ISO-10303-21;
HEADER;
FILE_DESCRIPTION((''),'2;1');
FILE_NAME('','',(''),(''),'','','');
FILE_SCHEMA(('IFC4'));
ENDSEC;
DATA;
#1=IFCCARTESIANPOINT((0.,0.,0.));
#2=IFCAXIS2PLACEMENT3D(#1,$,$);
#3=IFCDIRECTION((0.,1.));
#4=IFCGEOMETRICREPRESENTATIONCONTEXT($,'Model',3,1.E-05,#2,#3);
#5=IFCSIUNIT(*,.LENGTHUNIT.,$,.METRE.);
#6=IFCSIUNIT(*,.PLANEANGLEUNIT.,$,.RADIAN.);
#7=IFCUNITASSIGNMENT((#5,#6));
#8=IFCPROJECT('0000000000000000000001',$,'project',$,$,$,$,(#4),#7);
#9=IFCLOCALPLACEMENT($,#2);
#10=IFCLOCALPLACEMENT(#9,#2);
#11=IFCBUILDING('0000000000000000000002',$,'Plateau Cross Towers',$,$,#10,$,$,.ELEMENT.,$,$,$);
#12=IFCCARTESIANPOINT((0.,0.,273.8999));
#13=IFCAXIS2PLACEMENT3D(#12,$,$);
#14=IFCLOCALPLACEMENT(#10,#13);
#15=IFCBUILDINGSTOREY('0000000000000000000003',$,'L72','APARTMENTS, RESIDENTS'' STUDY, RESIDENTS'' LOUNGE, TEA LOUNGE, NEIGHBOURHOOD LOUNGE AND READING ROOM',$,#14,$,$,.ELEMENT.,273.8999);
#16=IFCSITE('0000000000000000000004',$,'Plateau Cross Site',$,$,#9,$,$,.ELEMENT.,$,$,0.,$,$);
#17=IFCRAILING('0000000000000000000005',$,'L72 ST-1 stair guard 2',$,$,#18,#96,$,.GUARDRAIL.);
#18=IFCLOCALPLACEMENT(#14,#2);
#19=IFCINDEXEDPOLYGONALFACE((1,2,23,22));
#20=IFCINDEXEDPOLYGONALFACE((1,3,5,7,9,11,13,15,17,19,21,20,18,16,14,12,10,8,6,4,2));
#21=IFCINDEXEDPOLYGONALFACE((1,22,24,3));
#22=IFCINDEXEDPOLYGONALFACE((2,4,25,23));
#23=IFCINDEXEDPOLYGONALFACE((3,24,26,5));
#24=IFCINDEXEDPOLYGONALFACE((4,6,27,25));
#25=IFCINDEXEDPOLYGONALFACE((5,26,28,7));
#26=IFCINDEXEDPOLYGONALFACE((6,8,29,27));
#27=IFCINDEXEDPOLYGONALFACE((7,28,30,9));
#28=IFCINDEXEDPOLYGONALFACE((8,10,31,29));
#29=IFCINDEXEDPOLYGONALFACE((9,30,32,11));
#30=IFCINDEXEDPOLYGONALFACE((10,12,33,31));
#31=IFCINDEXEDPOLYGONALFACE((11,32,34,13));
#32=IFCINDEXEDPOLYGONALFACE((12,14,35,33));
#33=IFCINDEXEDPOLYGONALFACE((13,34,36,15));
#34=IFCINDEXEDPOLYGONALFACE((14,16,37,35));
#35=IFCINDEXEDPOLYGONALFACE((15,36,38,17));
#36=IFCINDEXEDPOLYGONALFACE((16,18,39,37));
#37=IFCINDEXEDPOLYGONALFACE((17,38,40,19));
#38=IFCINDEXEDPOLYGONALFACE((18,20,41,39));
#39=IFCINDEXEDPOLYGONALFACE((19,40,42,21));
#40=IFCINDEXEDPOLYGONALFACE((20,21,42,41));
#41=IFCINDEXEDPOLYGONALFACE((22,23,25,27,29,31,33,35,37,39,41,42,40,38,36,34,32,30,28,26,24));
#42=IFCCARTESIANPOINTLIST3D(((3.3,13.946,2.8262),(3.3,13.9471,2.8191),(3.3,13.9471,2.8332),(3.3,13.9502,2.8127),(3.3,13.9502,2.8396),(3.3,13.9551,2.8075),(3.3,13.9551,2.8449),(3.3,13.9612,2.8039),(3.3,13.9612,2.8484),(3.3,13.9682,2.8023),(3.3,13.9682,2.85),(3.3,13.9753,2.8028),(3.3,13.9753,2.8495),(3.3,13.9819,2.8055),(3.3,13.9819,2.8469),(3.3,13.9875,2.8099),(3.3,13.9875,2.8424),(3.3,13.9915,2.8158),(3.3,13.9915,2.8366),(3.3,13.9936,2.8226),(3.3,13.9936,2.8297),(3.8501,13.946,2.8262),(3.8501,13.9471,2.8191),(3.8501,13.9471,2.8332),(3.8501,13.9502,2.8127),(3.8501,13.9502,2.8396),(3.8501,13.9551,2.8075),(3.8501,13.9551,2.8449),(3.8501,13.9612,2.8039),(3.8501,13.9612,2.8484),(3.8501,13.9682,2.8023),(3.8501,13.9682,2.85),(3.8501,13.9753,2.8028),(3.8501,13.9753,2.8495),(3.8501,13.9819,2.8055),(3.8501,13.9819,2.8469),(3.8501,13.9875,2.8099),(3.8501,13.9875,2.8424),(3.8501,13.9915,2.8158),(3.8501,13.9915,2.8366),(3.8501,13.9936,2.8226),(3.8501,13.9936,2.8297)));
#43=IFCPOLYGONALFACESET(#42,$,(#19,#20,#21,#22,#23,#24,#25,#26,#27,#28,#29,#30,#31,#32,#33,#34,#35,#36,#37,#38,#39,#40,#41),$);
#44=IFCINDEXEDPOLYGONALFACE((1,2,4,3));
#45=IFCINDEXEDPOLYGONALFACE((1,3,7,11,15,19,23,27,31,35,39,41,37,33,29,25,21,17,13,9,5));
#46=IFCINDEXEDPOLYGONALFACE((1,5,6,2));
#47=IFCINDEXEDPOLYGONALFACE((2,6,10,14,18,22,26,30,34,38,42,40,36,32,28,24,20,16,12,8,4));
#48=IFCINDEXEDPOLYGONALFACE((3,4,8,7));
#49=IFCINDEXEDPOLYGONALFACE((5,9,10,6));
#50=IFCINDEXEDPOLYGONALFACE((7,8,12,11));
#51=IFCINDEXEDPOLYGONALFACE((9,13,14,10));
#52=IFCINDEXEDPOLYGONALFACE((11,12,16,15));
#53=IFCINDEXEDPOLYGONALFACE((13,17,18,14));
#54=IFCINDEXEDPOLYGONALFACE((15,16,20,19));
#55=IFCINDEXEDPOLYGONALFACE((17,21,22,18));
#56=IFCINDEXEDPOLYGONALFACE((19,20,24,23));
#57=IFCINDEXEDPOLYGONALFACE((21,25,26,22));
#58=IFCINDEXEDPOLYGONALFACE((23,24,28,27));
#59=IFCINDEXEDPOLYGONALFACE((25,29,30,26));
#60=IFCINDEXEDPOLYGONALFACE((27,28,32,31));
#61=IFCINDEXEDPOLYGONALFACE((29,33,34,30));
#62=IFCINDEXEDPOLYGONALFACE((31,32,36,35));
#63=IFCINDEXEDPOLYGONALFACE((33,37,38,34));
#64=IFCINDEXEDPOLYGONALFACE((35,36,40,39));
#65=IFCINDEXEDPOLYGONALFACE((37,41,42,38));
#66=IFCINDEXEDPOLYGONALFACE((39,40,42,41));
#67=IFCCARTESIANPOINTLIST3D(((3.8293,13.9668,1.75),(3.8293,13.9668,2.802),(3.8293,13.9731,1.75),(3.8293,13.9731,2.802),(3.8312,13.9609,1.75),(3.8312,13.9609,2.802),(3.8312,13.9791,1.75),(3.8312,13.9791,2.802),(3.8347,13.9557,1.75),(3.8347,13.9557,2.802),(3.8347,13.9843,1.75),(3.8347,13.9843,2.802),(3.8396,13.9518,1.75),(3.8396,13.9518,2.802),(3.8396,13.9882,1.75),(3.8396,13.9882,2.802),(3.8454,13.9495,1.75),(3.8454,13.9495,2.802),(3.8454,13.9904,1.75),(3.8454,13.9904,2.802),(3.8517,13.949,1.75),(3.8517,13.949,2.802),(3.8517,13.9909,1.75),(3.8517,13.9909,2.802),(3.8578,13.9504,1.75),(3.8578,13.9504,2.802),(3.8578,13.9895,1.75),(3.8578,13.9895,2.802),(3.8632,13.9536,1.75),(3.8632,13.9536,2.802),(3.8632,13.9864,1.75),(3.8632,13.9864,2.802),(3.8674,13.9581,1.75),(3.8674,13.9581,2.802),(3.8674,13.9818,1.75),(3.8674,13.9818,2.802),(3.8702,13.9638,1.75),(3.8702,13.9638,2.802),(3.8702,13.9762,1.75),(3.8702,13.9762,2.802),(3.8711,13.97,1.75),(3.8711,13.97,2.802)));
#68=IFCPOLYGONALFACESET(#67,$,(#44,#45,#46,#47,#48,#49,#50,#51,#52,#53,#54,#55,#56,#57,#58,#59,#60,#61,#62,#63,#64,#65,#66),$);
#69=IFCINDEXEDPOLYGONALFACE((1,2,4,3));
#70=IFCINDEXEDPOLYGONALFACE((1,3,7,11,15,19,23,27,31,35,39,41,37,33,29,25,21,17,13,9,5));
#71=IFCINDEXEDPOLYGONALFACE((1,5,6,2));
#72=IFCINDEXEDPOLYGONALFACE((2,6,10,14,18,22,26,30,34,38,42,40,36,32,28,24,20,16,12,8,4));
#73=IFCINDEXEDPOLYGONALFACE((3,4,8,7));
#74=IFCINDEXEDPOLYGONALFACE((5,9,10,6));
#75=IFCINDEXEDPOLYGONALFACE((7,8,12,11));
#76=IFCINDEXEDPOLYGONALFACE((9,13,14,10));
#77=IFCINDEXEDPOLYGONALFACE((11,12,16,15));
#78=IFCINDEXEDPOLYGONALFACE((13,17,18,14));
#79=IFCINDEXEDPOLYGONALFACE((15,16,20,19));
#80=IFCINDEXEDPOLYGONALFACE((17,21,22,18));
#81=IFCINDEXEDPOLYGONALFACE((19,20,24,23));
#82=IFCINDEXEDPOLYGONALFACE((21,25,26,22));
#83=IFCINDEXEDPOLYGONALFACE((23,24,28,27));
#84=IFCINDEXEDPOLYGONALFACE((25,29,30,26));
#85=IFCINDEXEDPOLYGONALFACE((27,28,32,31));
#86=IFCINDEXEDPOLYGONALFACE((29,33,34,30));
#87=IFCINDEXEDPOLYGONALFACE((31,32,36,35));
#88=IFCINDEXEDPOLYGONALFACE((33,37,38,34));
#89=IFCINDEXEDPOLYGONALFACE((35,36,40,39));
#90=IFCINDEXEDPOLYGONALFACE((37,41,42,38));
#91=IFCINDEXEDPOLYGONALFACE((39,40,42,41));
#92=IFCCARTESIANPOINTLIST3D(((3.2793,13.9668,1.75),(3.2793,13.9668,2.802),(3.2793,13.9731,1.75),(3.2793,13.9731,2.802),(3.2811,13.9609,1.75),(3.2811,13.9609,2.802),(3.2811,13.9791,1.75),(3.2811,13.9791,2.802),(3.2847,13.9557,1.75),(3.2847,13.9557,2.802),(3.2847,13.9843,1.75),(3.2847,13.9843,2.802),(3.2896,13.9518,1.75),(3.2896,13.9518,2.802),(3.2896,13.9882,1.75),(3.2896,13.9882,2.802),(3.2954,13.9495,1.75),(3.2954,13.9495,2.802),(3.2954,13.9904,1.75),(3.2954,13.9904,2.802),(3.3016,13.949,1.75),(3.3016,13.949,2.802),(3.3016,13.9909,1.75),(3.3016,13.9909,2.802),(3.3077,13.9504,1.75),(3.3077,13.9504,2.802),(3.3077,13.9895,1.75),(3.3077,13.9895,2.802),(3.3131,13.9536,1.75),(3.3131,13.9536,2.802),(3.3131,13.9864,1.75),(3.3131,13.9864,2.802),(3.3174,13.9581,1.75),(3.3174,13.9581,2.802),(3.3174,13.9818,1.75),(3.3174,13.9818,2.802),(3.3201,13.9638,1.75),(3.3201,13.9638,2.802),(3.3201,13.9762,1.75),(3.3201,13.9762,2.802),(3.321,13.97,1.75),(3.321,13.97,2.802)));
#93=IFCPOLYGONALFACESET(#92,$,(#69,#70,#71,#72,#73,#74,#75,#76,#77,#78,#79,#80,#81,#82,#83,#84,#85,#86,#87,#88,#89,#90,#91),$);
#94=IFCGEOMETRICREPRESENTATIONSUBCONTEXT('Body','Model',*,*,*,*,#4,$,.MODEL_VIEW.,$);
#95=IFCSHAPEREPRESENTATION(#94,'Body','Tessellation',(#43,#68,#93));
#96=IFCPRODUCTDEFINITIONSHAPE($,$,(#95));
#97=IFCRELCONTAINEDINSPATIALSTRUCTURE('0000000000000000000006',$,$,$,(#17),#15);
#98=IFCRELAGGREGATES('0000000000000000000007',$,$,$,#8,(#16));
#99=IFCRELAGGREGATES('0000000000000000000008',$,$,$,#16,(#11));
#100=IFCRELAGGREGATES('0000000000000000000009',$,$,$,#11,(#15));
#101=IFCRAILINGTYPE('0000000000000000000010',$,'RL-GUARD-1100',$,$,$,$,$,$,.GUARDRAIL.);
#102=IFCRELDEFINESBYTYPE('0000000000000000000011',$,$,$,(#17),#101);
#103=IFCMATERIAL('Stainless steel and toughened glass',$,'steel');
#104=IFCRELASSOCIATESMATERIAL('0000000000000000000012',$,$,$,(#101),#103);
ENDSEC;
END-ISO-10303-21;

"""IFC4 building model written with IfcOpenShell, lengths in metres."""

from ifc_helpers import new_model, si_unit, direction, frame, origin, origin_2d, place, context, subcontext, project, spatial, circle, extrude, material, type_object, element, save


model = new_model("IFC4")

# Units and contexts
model_context = context("Model", 3, precision=1e-05, world=origin(), true_north=direction((0.0, 1.0)))
body_context = subcontext(model_context, "Body", "Model", "MODEL_VIEW")
ifc_project = project(units=[si_unit("LENGTHUNIT", "METRE"), si_unit("PLANEANGLEUNIT", "RADIAN")], contexts=[model_context])

# Site, building, storey
site_placement = place(None, origin())
site = spatial("IfcSite", under=ifc_project, at=site_placement, Name="Plateau Cross Site", CompositionType="ELEMENT", RefElevation=0.0)
building_placement = place(site_placement, origin())
building = spatial("IfcBuilding", under=site, at=building_placement, Name="Plateau Cross Towers", CompositionType="ELEMENT")
storey_placement = place(building_placement, frame((0.0, 0.0, 273.8999)))
storey = spatial("IfcBuildingStorey", under=building, at=storey_placement, Name="L72", Description="APARTMENTS, RESIDENTS' STUDY, RESIDENTS' LOUNGE, TEA LOUNGE, NEIGHBOURHOOD LOUNGE AND READING ROOM", CompositionType="ELEMENT", Elevation=273.8999)

# Railing
ifc_material_1 = material(Name="Stainless steel and toughened glass", Category="steel")
railing_type_1 = type_object("IfcRailingType", Name="RL-GUARD-1100", PredefinedType="GUARDRAIL", material=ifc_material_1)
railing_1_placement = place(storey_placement, frame((3.8501, 13.97, 1.75)))
element("IfcRailing", 1, at=railing_1_placement, inside=storey, type_object=railing_type_1, Name="L72 ST-1 stair guard 2", PredefinedType="GUARDRAIL", context=body_context, shape_type="SweptSolid", body=[
    extrude(circle(Radius=0.0239, at=origin_2d()), frame((0.0, 0.0, 1.0762), z_axis=(-1.0, 0.0, 0.0), x_axis=(0.0, -1.0, 0.0)), (0.0, 0.0, 1.0), 0.55),
    extrude(circle(Radius=0.021, at=origin_2d()), origin(), (0.0, 0.0, 1.0), 1.052),
    extrude(circle(Radius=0.021, at=origin_2d()), frame((-0.55, 0.0, 0.0)), (0.0, 0.0, 1.0), 1.052),
])

save(model, "model.ifc")
